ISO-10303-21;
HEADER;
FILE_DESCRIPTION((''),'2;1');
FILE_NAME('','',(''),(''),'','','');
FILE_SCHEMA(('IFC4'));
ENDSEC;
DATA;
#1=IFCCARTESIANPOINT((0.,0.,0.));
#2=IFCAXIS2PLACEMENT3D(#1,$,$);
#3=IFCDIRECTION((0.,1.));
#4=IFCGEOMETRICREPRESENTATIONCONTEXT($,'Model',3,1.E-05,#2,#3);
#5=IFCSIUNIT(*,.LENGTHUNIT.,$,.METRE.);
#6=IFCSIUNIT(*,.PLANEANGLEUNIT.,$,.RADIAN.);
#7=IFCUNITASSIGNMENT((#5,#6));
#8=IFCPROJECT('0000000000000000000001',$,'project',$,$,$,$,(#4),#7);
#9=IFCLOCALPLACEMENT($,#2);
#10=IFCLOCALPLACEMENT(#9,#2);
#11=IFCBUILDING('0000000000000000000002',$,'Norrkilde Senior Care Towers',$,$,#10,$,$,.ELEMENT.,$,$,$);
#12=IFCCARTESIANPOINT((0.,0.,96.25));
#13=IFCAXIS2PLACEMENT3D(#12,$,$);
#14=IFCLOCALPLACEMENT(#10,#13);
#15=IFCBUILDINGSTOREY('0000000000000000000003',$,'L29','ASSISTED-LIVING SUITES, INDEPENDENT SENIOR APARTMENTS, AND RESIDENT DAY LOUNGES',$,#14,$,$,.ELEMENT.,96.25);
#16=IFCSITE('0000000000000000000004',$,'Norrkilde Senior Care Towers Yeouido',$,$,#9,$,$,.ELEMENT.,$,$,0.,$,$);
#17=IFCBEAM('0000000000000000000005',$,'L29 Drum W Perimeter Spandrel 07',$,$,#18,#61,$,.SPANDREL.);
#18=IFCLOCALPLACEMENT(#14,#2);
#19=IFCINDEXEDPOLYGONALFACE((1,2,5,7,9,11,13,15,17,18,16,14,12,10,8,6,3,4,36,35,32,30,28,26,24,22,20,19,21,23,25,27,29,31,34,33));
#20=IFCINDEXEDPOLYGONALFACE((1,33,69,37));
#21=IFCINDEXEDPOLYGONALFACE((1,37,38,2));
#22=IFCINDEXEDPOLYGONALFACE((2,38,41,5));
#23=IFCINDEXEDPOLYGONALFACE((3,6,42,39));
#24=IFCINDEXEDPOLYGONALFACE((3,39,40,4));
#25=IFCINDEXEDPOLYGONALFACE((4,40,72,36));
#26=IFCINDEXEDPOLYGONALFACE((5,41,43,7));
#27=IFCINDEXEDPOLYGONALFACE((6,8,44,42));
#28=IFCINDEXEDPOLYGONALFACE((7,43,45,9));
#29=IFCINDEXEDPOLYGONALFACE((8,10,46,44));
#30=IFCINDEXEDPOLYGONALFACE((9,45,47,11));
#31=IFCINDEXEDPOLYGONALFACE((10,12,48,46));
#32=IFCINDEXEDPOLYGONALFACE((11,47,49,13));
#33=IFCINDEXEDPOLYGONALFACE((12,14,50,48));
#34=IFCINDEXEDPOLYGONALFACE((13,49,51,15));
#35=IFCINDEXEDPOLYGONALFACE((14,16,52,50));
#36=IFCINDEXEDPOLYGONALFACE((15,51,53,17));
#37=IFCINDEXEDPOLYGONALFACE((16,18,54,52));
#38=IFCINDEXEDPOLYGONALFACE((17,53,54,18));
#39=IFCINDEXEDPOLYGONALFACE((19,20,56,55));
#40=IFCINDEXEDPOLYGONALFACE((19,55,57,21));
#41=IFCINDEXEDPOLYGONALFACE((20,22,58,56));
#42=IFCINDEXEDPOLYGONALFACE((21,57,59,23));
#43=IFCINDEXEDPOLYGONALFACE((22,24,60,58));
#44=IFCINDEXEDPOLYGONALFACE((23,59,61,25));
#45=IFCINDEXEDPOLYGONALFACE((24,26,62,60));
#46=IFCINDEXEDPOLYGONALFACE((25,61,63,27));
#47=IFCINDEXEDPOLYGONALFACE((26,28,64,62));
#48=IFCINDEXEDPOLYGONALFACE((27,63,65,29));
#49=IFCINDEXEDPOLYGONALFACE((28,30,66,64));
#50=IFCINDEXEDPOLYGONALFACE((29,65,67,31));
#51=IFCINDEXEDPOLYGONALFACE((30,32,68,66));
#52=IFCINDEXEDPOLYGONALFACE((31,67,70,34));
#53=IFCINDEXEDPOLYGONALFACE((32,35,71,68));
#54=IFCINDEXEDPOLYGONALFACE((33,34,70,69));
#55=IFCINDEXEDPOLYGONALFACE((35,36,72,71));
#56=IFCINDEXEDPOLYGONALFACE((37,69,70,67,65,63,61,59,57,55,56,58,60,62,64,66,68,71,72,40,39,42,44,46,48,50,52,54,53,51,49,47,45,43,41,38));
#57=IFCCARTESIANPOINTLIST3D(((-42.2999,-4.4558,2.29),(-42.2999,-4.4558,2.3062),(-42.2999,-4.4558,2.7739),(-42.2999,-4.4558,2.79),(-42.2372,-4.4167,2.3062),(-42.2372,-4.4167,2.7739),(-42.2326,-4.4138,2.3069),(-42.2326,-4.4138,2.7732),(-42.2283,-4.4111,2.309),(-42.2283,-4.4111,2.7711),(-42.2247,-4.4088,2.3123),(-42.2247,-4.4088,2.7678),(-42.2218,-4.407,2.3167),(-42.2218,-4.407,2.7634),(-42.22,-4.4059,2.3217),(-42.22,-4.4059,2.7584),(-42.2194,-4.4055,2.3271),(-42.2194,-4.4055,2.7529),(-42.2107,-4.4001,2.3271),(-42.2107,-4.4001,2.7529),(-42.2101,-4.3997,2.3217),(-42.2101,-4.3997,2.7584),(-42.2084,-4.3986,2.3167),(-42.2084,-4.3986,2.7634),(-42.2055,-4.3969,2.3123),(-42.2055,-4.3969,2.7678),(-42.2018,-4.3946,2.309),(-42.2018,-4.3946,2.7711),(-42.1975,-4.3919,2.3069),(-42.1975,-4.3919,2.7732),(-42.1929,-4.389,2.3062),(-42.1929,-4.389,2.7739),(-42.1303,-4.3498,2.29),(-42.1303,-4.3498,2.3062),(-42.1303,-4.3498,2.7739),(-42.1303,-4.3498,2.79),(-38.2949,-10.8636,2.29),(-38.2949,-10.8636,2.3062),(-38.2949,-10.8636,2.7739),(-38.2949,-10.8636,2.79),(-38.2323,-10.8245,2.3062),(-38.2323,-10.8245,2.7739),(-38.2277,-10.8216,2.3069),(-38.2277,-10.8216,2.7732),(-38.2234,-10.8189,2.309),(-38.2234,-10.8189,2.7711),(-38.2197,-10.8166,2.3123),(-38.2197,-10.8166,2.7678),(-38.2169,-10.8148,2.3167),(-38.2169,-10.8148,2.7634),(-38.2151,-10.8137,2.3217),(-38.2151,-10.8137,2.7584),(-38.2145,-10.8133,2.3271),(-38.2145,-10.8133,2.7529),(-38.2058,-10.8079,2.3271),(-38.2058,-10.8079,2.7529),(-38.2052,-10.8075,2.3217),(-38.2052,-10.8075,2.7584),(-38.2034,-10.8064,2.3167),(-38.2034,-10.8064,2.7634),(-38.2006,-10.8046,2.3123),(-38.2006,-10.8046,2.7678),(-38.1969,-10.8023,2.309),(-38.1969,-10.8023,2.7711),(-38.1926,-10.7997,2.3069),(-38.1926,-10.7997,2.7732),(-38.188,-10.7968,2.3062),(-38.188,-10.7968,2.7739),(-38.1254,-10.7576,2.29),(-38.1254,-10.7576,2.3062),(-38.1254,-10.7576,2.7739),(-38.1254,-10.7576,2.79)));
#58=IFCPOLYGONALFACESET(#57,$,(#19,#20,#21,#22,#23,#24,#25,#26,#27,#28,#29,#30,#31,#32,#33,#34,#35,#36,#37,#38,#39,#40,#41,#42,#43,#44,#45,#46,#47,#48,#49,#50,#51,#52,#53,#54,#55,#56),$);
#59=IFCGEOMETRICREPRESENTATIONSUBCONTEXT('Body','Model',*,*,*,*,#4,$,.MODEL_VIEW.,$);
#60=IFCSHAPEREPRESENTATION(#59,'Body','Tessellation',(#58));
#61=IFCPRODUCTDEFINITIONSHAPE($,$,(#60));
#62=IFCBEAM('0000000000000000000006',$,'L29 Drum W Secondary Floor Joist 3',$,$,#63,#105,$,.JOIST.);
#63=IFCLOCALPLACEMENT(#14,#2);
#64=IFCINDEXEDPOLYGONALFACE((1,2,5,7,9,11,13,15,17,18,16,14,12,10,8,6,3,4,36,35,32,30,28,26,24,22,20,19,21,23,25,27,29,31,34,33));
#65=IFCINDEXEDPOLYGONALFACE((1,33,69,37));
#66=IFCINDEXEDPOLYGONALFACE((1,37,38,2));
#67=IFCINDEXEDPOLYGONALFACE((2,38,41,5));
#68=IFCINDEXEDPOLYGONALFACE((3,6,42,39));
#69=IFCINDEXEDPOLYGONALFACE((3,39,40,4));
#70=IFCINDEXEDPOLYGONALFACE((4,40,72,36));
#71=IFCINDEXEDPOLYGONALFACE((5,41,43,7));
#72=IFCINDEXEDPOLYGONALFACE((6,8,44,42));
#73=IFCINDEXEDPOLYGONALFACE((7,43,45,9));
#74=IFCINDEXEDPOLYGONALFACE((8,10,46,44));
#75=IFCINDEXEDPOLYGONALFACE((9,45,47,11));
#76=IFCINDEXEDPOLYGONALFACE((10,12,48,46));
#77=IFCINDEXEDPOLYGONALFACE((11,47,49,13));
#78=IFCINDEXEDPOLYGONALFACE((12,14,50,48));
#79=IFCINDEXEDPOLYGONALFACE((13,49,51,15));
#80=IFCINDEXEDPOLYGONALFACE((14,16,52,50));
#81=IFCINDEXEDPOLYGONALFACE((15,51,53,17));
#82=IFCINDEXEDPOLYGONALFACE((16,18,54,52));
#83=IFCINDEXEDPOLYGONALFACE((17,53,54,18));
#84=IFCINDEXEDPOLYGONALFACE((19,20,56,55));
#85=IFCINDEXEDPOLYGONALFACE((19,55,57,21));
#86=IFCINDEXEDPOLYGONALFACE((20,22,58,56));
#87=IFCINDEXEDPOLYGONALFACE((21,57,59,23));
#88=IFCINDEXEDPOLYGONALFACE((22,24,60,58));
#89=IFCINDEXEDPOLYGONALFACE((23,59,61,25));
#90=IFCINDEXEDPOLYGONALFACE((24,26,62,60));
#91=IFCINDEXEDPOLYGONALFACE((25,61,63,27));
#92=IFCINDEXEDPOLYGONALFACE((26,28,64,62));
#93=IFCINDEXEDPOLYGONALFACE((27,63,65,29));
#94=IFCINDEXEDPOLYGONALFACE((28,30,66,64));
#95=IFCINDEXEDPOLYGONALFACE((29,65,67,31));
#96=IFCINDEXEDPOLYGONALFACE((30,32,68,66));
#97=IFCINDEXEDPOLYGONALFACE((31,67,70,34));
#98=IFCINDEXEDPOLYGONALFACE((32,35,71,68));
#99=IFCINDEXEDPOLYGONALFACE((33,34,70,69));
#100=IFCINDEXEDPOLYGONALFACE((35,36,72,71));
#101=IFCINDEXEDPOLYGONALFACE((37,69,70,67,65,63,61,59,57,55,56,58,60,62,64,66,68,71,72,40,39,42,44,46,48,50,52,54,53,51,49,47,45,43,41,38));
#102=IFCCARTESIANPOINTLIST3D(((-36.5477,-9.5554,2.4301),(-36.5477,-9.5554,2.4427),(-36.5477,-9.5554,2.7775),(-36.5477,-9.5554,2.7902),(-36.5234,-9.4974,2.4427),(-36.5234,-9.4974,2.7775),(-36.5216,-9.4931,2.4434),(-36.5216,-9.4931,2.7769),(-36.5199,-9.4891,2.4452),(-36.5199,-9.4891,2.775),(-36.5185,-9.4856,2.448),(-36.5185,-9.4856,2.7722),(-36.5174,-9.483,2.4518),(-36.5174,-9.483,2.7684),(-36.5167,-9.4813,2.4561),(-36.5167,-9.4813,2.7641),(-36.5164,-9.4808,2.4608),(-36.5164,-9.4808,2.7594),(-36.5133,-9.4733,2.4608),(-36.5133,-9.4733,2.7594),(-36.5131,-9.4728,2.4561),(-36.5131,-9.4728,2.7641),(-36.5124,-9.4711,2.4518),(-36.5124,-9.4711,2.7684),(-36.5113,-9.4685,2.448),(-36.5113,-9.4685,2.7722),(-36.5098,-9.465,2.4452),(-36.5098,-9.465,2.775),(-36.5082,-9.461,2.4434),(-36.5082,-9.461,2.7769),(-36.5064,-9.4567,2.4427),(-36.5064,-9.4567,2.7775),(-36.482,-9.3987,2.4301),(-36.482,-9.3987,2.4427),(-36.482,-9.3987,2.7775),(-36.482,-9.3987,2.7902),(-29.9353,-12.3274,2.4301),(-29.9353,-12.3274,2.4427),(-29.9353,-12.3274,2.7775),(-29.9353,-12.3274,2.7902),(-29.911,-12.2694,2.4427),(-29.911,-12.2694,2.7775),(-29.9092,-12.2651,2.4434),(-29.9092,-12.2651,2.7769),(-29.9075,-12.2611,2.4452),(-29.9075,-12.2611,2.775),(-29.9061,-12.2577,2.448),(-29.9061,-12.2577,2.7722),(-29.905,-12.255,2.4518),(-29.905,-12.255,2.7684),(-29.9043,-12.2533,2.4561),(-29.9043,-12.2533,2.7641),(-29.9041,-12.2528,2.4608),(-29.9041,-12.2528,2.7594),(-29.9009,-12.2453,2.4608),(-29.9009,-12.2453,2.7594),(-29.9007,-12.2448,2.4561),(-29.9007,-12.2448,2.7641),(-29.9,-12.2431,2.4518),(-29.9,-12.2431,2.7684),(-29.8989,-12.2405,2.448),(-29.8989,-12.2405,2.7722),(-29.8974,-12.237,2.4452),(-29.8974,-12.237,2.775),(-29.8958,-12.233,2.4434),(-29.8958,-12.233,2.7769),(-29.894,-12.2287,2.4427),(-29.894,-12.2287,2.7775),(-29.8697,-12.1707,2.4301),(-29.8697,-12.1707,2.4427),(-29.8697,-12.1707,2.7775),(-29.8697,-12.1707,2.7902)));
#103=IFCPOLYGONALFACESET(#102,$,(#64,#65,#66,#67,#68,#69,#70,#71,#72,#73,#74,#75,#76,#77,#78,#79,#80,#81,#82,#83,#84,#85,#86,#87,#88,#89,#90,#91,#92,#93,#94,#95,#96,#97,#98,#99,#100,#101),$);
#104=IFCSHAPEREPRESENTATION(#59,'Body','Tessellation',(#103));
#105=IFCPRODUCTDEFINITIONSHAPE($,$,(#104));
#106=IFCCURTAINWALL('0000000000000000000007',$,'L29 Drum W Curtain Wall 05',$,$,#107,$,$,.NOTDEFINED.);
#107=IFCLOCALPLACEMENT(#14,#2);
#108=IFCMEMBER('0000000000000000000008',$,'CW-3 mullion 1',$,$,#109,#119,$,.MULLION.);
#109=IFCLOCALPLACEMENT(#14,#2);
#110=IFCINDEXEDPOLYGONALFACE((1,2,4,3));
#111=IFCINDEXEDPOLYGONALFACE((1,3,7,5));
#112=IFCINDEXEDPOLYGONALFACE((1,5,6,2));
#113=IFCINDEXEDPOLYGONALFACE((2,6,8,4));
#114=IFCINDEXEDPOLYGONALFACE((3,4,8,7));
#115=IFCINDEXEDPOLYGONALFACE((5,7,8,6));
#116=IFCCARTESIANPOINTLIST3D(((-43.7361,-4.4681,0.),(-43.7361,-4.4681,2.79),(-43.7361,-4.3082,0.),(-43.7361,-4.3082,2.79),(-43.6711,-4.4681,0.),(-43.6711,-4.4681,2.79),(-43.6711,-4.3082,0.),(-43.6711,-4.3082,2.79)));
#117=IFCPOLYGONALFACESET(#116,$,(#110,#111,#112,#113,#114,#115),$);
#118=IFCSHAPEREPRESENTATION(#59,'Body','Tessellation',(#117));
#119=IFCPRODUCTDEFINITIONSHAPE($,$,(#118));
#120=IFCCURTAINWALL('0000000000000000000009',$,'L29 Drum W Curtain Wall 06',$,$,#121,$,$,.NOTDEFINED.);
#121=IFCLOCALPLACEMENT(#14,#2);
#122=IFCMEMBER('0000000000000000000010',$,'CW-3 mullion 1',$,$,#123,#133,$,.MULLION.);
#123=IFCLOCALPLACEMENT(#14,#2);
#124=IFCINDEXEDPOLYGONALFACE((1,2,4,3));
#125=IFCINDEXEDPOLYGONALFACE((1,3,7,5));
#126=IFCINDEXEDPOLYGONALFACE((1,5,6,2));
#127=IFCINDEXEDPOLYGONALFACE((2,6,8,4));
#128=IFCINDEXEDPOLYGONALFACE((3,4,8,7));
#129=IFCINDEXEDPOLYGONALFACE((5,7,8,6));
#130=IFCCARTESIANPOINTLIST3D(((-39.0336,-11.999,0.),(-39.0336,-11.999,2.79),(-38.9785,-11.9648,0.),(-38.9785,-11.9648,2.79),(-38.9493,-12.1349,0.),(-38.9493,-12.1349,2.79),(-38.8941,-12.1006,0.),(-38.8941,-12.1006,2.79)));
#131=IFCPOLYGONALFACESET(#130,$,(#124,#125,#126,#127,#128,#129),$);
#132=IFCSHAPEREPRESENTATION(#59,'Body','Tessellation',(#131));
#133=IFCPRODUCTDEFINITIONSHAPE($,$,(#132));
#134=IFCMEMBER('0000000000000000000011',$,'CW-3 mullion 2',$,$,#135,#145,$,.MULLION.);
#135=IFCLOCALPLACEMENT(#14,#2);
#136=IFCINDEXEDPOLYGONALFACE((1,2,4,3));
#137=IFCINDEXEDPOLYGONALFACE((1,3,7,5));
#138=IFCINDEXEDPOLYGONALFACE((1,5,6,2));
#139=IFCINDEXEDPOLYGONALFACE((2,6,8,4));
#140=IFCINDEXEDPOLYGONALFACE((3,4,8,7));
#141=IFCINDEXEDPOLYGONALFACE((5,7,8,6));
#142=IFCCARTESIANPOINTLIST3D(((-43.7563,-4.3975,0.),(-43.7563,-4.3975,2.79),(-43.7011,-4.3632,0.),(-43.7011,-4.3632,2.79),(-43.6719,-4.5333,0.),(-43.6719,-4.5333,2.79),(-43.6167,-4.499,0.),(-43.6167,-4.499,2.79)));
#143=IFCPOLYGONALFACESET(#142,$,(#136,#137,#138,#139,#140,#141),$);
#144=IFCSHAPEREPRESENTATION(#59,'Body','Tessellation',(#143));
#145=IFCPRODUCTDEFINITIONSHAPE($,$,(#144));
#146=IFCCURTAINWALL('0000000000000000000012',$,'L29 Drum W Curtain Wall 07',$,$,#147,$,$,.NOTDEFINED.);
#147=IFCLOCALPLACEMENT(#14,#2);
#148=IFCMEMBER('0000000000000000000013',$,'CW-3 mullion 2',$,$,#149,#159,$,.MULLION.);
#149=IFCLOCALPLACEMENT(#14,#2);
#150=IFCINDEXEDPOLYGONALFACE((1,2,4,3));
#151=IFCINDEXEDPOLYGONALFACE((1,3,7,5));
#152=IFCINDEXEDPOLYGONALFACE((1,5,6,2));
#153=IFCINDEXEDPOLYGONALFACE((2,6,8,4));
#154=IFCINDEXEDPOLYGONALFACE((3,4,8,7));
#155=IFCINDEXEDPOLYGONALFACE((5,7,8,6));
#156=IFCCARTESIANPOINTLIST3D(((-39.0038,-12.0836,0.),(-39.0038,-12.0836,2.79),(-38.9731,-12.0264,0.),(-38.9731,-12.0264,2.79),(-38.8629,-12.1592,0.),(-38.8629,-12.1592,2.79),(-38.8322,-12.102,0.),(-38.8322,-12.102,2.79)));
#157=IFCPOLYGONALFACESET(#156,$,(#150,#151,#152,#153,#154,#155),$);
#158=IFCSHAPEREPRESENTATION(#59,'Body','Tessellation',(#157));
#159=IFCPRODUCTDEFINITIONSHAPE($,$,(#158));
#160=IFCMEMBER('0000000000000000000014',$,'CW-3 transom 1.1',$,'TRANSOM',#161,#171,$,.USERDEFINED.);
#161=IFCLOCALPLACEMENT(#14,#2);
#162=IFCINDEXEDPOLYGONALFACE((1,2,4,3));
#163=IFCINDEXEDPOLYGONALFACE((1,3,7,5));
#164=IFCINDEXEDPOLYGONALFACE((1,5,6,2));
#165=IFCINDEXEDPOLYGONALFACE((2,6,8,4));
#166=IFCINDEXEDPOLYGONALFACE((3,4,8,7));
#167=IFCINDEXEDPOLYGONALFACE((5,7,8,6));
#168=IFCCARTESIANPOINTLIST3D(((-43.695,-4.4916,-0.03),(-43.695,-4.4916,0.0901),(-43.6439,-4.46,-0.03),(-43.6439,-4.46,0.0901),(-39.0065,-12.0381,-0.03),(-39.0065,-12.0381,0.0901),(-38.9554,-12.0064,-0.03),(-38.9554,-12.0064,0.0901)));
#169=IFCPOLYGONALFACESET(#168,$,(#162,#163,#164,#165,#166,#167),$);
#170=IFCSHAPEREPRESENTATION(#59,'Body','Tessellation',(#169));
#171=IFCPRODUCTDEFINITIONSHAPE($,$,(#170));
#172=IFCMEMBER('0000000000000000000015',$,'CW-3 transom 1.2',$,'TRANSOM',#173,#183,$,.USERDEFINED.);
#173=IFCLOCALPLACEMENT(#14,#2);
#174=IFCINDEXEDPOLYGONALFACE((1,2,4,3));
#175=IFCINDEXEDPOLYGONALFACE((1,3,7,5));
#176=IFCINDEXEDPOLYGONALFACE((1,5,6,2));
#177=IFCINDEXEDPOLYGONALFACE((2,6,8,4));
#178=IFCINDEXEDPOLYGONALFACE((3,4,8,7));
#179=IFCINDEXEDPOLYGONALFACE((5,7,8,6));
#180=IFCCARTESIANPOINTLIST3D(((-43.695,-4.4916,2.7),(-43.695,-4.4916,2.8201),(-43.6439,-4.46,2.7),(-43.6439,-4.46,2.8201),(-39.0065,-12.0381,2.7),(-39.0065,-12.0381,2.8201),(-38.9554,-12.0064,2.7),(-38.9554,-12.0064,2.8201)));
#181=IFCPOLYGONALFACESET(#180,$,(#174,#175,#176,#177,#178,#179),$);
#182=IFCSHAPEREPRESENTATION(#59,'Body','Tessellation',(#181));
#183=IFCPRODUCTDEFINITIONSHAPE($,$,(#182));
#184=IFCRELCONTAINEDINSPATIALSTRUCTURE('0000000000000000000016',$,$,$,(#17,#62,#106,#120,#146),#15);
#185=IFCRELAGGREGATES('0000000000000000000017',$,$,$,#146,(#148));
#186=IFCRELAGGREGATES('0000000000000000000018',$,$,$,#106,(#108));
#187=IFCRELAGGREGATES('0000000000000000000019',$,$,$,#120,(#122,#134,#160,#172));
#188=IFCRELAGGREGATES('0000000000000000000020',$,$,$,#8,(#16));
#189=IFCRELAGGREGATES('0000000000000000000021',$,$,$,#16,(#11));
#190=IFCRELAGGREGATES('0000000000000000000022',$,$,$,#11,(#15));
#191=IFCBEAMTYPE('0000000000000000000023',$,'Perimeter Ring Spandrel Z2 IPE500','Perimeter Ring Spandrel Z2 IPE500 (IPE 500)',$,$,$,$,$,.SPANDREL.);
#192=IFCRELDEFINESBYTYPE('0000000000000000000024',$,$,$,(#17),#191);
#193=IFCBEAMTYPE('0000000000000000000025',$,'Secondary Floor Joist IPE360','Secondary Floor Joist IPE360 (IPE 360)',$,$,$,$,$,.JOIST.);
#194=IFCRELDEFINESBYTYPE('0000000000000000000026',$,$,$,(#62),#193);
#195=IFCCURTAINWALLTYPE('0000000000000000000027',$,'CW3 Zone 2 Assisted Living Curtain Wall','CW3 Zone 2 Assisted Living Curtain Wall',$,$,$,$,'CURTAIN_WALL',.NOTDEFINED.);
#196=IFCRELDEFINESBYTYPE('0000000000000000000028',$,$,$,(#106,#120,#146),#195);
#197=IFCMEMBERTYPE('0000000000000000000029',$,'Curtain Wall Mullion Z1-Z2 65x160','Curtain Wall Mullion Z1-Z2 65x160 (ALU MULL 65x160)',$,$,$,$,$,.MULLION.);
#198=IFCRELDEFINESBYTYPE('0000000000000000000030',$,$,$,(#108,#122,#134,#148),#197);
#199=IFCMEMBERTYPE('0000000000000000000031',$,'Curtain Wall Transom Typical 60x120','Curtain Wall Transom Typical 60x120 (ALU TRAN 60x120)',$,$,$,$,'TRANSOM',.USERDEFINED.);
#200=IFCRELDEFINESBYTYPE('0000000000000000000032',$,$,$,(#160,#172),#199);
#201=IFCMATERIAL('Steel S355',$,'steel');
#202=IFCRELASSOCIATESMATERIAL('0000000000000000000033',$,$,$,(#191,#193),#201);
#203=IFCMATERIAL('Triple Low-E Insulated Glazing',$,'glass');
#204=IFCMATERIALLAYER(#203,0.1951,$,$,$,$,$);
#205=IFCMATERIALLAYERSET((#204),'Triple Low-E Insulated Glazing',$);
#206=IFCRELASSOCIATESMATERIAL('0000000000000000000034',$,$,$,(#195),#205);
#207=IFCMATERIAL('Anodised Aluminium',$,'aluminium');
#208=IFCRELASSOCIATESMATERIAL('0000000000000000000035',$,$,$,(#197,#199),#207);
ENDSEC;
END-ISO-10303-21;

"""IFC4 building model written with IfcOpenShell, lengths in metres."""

from ifc_helpers import new_model, si_unit, direction, frame, origin, origin_2d, place, context, subcontext, project, spatial, rectangle, i_section, extrude, source, transform, mapped, material, layer, layer_set, material_profile, profile_set, type_object, type_shapes, element, aggregate, save


model = new_model("IFC4")

# Units and contexts
model_context = context("Model", 3, precision=1e-05, world=origin(), true_north=direction((0.0, 1.0)))
body_context = subcontext(model_context, "Body", "Model", "MODEL_VIEW")
ifc_project = project(units=[si_unit("LENGTHUNIT", "METRE"), si_unit("PLANEANGLEUNIT", "RADIAN")], contexts=[model_context])

# Site, building, storey
site_placement = place(None, origin())
site = spatial("IfcSite", under=ifc_project, at=site_placement, Name="Norrkilde Senior Care Towers Yeouido", CompositionType="ELEMENT", RefElevation=0.0)
building_placement = place(site_placement, origin())
building = spatial("IfcBuilding", under=site, at=building_placement, Name="Norrkilde Senior Care Towers", CompositionType="ELEMENT")
storey_placement = place(building_placement, frame((0.0, 0.0, 96.25)))
storey = spatial("IfcBuildingStorey", under=building, at=storey_placement, Name="L29", Description="ASSISTED-LIVING SUITES, INDEPENDENT SENIOR APARTMENTS, AND RESIDENT DAY LOUNGES", CompositionType="ELEMENT", Elevation=96.25)

# Beams
ifc_material_1 = material(Name="Steel S355", Category="steel")
ifc_material_profile_1 = material_profile(ifc_material_1, i_section(OverallWidth=0.2, OverallDepth=0.5, WebThickness=0.0103, FlangeThickness=0.0161, FilletRadius=0.021, at=origin_2d()), Name="IPE 500")
ifc_profile_set_1 = profile_set([ifc_material_profile_1], Name="Steel S355")
beam_type_1 = type_object("IfcBeamType", Name="Perimeter Ring Spandrel Z2 IPE500", Description="Perimeter Ring Spandrel Z2 IPE500 (IPE 500)", PredefinedType="SPANDREL", material=ifc_profile_set_1)
shared_shape_1 = source(origin(), body_context, "Body", "SweptSolid", [
    extrude(i_section(OverallWidth=0.2, OverallDepth=0.5, WebThickness=0.0103, FlangeThickness=0.0161, FilletRadius=0.021, at=origin_2d()), origin(), (0.0, 0.0, 1.0), 7.5564),
])
beam_1_placement = place(storey_placement, frame((-42.2151, -4.4028, 2.54), z_axis=(0.530005, -0.847995, 0.0), x_axis=(0.847995, 0.530005, 0.0)))
element("IfcBeam", 1, at=beam_1_placement, inside=storey, type_object=beam_type_1, Name="L29 Drum W Perimeter Spandrel 07", PredefinedType="SPANDREL", context=body_context, shape_type="MappedRepresentation", body=[
    mapped(shared_shape_1, transform((0.0, 0.0, 0.0), x_axis=(1.0, 0.0, 0.0), y_axis=(0.0, 1.0, 0.0), z_axis=(0.0, 0.0, 1.0), scale=1.0)),
])
ifc_material_profile_2 = material_profile(ifc_material_1, i_section(OverallWidth=0.1699, OverallDepth=0.3601, WebThickness=0.0081, FlangeThickness=0.0127, FilletRadius=0.0181, at=origin_2d()), Name="IPE 360")
ifc_profile_set_2 = profile_set([ifc_material_profile_2], Name="Steel S355")
beam_type_2 = type_object("IfcBeamType", Name="Secondary Floor Joist IPE360", Description="Secondary Floor Joist IPE360 (IPE 360)", PredefinedType="JOIST", material=ifc_profile_set_2)
shared_shape_2 = source(origin(), body_context, "Body", "SweptSolid", [
    extrude(i_section(OverallWidth=0.1699, OverallDepth=0.3601, WebThickness=0.0081, FlangeThickness=0.0127, FilletRadius=0.0181, at=origin_2d()), origin(), (0.0, 0.0, 1.0), 7.1699),
])
type_shapes(beam_type_2, [shared_shape_2])
beam_2_placement = place(storey_placement, frame((-36.5149, -9.4771, 2.6101), z_axis=(0.922241, -0.386616, 0.0), x_axis=(0.386616, 0.922241, 0.0)))
element("IfcBeam", 2, at=beam_2_placement, inside=storey, type_object=beam_type_2, Name="L29 Drum W Secondary Floor Joist 3", PredefinedType="JOIST", context=body_context, shape_type="MappedRepresentation", body=[
    mapped(shared_shape_2, transform((0.0, 0.0, 0.0), x_axis=(1.0, 0.0, 0.0), y_axis=(0.0, 1.0, 0.0), z_axis=(0.0, 0.0, 1.0), scale=1.0)),
])

# Curtain wall, member
ifc_material_2 = material(Name="Triple Low-E Insulated Glazing", Category="glass")
ifc_layer_1 = layer(ifc_material_2, 0.1951)
ifc_layer_set_1 = layer_set([ifc_layer_1], Name="Triple Low-E Insulated Glazing")
curtain_wall_type = type_object("IfcCurtainWallType", Name="CW3 Zone 2 Assisted Living Curtain Wall", Description="CW3 Zone 2 Assisted Living Curtain Wall", ElementType="CURTAIN_WALL", PredefinedType="NOTDEFINED", material=ifc_layer_set_1)
curtain_wall_1_placement = place(storey_placement, origin())
curtain_wall_1 = element("IfcCurtainWall", 3, at=curtain_wall_1_placement, inside=storey, type_object=curtain_wall_type, Name="L29 Drum W Curtain Wall 05", PredefinedType="NOTDEFINED")
ifc_material_3 = material(Name="Anodised Aluminium", Category="aluminium")
ifc_material_profile_3 = material_profile(ifc_material_3, rectangle(XDim=0.0649, YDim=0.1599, at=origin_2d()), Name="ALU MULL 65x160")
ifc_profile_set_3 = profile_set([ifc_material_profile_3], Name="Anodised Aluminium")
member_type_1 = type_object("IfcMemberType", Name="Curtain Wall Mullion Z1-Z2 65x160", Description="Curtain Wall Mullion Z1-Z2 65x160 (ALU MULL 65x160)", PredefinedType="MULLION", material=ifc_profile_set_3)
shared_shape_3 = source(origin(), body_context, "Body", "SweptSolid", [
    extrude(rectangle(XDim=0.0649, YDim=0.1599, at=origin_2d()), origin(), (0.0, 0.0, 1.0), 2.79),
])
type_shapes(member_type_1, [shared_shape_3])
member_1_placement = place(storey_placement, frame((-43.7036, -4.3882, 0.0), z_axis=(0.0, 0.0, 1.0), x_axis=(-1.0, 0.0, 0.0)))
member_1 = element("IfcMember", 4, at=member_1_placement, type_object=member_type_1, Name="CW-3 mullion 1", PredefinedType="MULLION", context=body_context, shape_type="MappedRepresentation", body=[
    mapped(shared_shape_3, transform((0.0, 0.0, 0.0), x_axis=(1.0, 0.0, 0.0), y_axis=(0.0, 1.0, 0.0), z_axis=(0.0, 0.0, 1.0), scale=1.0)),
])

# Curtain wall, members
curtain_wall_2_placement = place(storey_placement, origin())
curtain_wall_2 = element("IfcCurtainWall", 5, at=curtain_wall_2_placement, inside=storey, type_object=curtain_wall_type, Name="L29 Drum W Curtain Wall 06", PredefinedType="NOTDEFINED")
member_2_placement = place(storey_placement, frame((-38.9639, -12.0498, 0.0), z_axis=(0.0, 0.0, 1.0), x_axis=(-0.84941, -0.527733, 0.0)))
member_2 = element("IfcMember", 6, at=member_2_placement, type_object=member_type_1, Name="CW-3 mullion 1", PredefinedType="MULLION", context=body_context, shape_type="MappedRepresentation", body=[
    mapped(shared_shape_3, transform((0.0, 0.0, 0.0), x_axis=(1.0, 0.0, 0.0), y_axis=(0.0, 1.0, 0.0), z_axis=(0.0, 0.0, 1.0), scale=1.0)),
])
member_3_placement = place(storey_placement, frame((-43.6865, -4.4482, 0.0), z_axis=(0.0, 0.0, 1.0), x_axis=(-0.84941, -0.527733, 0.0)))
member_3 = element("IfcMember", 7, at=member_3_placement, type_object=member_type_1, Name="CW-3 mullion 2", PredefinedType="MULLION", context=body_context, shape_type="MappedRepresentation", body=[
    mapped(shared_shape_3, transform((0.0, 0.0, 0.0), x_axis=(1.0, 0.0, 0.0), y_axis=(0.0, 1.0, 0.0), z_axis=(0.0, 0.0, 1.0), scale=1.0)),
])

# Curtain wall, member
curtain_wall_3_placement = place(storey_placement, origin())
curtain_wall_3 = element("IfcCurtainWall", 8, at=curtain_wall_3_placement, inside=storey, type_object=curtain_wall_type, Name="L29 Drum W Curtain Wall 07", PredefinedType="NOTDEFINED")
member_4_placement = place(storey_placement, frame((-38.918, -12.0928, 0.0), z_axis=(0.0, 0.0, 1.0), x_axis=(-0.472769, -0.881186, 0.0)))
member_4 = element("IfcMember", 9, at=member_4_placement, type_object=member_type_1, Name="CW-3 mullion 2", PredefinedType="MULLION", context=body_context, shape_type="MappedRepresentation", body=[
    mapped(shared_shape_3, transform((0.0, 0.0, 0.0), x_axis=(1.0, 0.0, 0.0), y_axis=(0.0, 1.0, 0.0), z_axis=(0.0, 0.0, 1.0), scale=1.0)),
])
aggregate(curtain_wall_3, [member_4])

# Members
ifc_material_profile_4 = material_profile(ifc_material_3, rectangle(XDim=0.0601, YDim=0.1201, at=origin_2d()), Name="ALU TRAN 60x120")
ifc_profile_set_4 = profile_set([ifc_material_profile_4], Name="Anodised Aluminium")
member_type_2 = type_object("IfcMemberType", Name="Curtain Wall Transom Typical 60x120", Description="Curtain Wall Transom Typical 60x120 (ALU TRAN 60x120)", ElementType="TRANSOM", PredefinedType="USERDEFINED", material=ifc_profile_set_4)
shared_shape_4 = source(origin(), body_context, "Body", "SweptSolid", [
    extrude(rectangle(XDim=0.0601, YDim=0.1201, at=origin_2d()), origin(), (0.0, 0.0, 1.0), 8.8843),
])
member_5_placement = place(storey_placement, frame((-38.981, -12.0222, 0.03), z_axis=(-0.527729, 0.849413, 0.0), x_axis=(-0.849413, -0.527729, 0.0)))
member_5 = element("IfcMember", 10, at=member_5_placement, type_object=member_type_2, Name="CW-3 transom 1.1", ObjectType="TRANSOM", PredefinedType="USERDEFINED", context=body_context, shape_type="MappedRepresentation", body=[
    mapped(shared_shape_4, transform((0.0, 0.0, 0.0), x_axis=(1.0, 0.0, 0.0), y_axis=(0.0, 1.0, 0.0), z_axis=(0.0, 0.0, 1.0), scale=1.0)),
])
member_6_placement = place(storey_placement, frame((-38.981, -12.0222, 2.76), z_axis=(-0.527729, 0.849413, 0.0), x_axis=(-0.849413, -0.527729, 0.0)))
member_6 = element("IfcMember", 11, at=member_6_placement, type_object=member_type_2, Name="CW-3 transom 1.2", ObjectType="TRANSOM", PredefinedType="USERDEFINED", context=body_context, shape_type="MappedRepresentation", body=[
    mapped(shared_shape_4, transform((0.0, 0.0, 0.0), x_axis=(1.0, 0.0, 0.0), y_axis=(0.0, 1.0, 0.0), z_axis=(0.0, 0.0, 1.0), scale=1.0)),
])
aggregate(curtain_wall_1, [member_1])

aggregate(curtain_wall_2, [member_2, member_3, member_5, member_6])

save(model, "model.ifc")
